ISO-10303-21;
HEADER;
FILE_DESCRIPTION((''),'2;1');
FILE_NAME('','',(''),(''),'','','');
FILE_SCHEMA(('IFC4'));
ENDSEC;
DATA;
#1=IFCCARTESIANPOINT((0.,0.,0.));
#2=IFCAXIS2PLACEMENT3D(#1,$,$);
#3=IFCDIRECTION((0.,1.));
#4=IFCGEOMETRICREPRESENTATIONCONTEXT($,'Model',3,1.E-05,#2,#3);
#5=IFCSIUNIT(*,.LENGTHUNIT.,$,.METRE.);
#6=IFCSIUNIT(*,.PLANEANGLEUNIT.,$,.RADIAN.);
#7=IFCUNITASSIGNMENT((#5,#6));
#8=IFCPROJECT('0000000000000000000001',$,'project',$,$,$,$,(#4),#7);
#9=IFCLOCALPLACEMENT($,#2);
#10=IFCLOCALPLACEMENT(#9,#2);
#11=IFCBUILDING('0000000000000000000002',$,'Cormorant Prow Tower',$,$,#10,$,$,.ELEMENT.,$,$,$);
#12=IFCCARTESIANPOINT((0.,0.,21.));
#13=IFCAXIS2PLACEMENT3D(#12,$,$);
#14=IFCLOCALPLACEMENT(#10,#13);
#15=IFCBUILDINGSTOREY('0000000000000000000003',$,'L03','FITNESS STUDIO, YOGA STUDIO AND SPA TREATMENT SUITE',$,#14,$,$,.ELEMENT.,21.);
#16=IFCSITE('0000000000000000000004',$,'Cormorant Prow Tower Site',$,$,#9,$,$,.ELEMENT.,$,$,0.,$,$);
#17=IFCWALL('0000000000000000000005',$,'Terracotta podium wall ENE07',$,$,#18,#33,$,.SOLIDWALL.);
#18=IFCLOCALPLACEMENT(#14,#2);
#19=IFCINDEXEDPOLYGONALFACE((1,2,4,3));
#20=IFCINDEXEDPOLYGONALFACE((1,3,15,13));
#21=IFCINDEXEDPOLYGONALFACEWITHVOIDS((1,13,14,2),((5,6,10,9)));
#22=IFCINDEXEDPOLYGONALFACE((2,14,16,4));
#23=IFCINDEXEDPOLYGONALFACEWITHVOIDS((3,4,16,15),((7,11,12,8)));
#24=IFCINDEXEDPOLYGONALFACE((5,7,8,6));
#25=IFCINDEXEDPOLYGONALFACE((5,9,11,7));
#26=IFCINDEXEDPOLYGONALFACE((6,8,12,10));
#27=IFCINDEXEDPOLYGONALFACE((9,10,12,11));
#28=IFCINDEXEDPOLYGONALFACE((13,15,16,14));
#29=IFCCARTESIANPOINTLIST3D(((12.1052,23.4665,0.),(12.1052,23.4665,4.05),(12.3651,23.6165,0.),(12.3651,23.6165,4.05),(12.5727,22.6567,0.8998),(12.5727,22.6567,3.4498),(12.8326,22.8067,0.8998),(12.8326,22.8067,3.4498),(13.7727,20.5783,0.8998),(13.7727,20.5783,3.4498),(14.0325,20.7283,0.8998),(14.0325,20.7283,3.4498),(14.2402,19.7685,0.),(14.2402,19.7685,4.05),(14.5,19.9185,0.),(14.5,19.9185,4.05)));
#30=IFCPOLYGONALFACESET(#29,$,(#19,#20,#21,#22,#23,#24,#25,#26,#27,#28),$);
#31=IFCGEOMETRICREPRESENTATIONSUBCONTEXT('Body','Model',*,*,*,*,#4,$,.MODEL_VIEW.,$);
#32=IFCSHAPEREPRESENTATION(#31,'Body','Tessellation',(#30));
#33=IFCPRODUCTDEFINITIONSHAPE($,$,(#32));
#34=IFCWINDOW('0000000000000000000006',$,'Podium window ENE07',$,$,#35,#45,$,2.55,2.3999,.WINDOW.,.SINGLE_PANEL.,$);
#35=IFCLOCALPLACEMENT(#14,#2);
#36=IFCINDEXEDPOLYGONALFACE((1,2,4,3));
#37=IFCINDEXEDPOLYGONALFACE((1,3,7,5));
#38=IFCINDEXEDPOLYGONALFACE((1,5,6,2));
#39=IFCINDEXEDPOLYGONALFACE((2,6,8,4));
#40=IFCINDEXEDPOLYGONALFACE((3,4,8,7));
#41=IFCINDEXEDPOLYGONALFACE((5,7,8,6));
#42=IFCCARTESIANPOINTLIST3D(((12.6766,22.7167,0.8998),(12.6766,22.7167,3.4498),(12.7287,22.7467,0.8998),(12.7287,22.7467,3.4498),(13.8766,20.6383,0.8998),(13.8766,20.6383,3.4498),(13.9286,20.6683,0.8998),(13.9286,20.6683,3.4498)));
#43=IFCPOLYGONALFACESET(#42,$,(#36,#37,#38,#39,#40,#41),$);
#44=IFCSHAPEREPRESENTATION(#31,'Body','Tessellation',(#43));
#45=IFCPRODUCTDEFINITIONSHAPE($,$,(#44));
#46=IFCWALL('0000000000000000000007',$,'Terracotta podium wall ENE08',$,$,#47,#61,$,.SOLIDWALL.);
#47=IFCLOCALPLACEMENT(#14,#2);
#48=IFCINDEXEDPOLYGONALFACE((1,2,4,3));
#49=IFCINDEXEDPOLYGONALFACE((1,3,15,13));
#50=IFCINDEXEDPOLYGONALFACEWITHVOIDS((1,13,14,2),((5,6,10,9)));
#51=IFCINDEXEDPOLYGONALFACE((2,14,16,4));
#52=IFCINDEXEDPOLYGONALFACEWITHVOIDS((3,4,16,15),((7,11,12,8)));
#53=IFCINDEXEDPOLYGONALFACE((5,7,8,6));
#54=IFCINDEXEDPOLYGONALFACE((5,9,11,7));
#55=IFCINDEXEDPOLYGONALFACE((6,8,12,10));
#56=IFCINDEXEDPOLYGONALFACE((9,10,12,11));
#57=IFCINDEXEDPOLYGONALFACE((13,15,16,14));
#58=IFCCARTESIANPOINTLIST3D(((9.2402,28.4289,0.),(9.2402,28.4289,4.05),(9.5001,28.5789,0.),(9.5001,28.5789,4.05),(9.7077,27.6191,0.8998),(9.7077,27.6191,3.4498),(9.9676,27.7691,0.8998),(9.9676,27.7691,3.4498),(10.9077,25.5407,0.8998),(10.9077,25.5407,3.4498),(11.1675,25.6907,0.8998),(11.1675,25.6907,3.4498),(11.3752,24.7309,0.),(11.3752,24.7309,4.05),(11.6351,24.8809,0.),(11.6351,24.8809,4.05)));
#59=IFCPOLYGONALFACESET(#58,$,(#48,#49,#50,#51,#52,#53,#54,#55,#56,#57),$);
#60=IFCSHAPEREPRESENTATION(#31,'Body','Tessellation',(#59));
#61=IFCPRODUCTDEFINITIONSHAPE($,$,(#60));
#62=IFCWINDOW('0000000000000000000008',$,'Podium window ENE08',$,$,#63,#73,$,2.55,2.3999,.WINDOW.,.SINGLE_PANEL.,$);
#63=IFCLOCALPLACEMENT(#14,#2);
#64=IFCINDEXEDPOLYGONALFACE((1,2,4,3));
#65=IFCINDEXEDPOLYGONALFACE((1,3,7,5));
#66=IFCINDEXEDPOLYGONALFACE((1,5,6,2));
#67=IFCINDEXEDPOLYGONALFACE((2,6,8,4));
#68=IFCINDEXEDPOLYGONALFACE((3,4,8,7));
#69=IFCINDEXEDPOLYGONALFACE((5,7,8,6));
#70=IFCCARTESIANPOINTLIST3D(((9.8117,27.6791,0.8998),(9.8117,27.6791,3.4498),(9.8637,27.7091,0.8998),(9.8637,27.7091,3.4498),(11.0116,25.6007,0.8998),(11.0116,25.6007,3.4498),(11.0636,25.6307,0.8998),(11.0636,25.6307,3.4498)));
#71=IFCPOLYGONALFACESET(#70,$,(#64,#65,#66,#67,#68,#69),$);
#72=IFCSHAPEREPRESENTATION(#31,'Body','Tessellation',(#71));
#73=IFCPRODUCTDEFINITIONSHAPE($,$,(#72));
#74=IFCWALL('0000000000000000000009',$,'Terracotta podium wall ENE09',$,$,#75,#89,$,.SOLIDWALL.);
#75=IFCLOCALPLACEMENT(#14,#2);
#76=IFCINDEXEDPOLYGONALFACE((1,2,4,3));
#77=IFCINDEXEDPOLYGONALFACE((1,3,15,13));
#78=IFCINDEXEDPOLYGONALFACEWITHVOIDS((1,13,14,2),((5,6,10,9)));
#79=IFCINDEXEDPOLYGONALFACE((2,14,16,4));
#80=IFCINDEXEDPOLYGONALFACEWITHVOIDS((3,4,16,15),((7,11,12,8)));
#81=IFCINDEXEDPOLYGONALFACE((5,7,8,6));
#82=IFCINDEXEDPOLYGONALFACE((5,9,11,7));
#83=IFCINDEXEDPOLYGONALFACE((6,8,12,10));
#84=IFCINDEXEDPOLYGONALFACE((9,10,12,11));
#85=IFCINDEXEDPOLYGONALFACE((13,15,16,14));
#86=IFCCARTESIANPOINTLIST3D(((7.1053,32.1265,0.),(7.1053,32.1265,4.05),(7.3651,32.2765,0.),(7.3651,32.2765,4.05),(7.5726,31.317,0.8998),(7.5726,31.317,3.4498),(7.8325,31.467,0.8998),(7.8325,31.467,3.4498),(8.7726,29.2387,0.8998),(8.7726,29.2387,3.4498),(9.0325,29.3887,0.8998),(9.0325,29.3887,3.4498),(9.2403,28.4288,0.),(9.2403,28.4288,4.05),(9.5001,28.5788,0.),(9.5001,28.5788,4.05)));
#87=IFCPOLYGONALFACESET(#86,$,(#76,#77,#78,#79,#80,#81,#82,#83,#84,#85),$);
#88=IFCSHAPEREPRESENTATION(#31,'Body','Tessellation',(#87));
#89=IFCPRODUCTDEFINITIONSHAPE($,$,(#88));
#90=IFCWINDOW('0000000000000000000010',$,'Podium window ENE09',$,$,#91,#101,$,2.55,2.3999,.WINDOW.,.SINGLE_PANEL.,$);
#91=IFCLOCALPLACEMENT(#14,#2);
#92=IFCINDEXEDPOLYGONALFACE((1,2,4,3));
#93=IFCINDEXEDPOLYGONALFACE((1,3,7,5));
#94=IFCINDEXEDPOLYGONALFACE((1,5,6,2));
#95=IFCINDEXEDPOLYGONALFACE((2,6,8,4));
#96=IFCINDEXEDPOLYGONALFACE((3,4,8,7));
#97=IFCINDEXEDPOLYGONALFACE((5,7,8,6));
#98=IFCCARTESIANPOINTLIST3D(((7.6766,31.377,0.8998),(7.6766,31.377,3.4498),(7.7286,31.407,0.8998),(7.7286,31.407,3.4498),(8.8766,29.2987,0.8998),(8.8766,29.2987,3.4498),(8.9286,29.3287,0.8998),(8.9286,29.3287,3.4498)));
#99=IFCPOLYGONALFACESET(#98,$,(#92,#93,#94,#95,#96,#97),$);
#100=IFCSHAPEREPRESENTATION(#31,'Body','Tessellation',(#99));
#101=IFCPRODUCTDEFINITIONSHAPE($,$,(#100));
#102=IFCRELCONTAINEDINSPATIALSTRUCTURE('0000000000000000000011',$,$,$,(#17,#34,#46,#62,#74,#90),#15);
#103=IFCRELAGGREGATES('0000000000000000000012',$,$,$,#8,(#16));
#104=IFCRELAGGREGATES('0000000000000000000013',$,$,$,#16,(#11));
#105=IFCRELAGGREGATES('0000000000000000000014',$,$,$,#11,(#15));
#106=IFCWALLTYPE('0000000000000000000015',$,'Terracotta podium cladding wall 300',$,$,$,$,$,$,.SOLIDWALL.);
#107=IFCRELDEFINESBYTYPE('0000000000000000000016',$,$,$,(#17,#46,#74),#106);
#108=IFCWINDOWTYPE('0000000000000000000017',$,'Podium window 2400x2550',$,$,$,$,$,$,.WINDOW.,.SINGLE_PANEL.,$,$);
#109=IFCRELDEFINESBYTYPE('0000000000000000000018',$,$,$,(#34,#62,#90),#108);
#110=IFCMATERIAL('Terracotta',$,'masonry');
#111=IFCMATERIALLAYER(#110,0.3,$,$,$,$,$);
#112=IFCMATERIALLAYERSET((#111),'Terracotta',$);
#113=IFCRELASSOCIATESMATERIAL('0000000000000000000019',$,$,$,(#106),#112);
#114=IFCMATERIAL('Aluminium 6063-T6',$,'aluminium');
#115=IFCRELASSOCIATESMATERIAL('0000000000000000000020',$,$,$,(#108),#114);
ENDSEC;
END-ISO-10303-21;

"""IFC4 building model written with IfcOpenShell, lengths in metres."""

from ifc_helpers import new_model, si_unit, direction, frame, frame_2d, origin, place, context, subcontext, project, spatial, rectangle, extrude, material, layer, layer_set, type_object, element, fill, save


model = new_model("IFC4")

# Units and contexts
model_context = context("Model", 3, precision=1e-05, world=origin(), true_north=direction((0.0, 1.0)))
body_context = subcontext(model_context, "Body", "Model", "MODEL_VIEW")
ifc_project = project(units=[si_unit("LENGTHUNIT", "METRE"), si_unit("PLANEANGLEUNIT", "RADIAN")], contexts=[model_context])

# Site, building, storey
site_placement = place(None, origin())
site = spatial("IfcSite", under=ifc_project, at=site_placement, Name="Cormorant Prow Tower Site", CompositionType="ELEMENT", RefElevation=0.0)
building_placement = place(site_placement, origin())
building = spatial("IfcBuilding", under=site, at=building_placement, Name="Cormorant Prow Tower", CompositionType="ELEMENT")
storey_placement = place(building_placement, frame((0.0, 0.0, 21.0)))
storey = spatial("IfcBuildingStorey", under=building, at=storey_placement, Name="L03", Description="FITNESS STUDIO, YOGA STUDIO AND SPA TREATMENT SUITE", CompositionType="ELEMENT", Elevation=21.0)

# Walls, openings, windows
ifc_material_1 = material(Name="Terracotta", Category="masonry")
ifc_layer_1 = layer(ifc_material_1, 0.3)
ifc_layer_set_1 = layer_set([ifc_layer_1], Name="Terracotta")
wall_type_1 = type_object("IfcWallType", Name="Terracotta podium cladding wall 300", PredefinedType="SOLIDWALL", material=ifc_layer_set_1)
ifc_material_2 = material(Name="Aluminium 6063-T6", Category="aluminium")
window_type = type_object("IfcWindowType", Name="Podium window 2400x2550", PartitioningType="SINGLE_PANEL", PredefinedType="WINDOW", material=ifc_material_2)
wall_1_placement = place(storey_placement, frame((14.3701, 19.8435, 0.0), z_axis=(0.0, 0.0, 1.0), x_axis=(-0.499995, 0.866028, 0.0)))
wall_1 = element("IfcWall", 1, at=wall_1_placement, inside=storey, type_object=wall_type_1, Name="Terracotta podium wall ENE07", PredefinedType="SOLIDWALL", context=body_context, shape_type="SweptSolid", body=[
    extrude(rectangle(XDim=4.27, YDim=0.3, at=frame_2d((2.135, 0.0))), origin(), (0.0, 0.0, 1.0), 4.05),
])
opening_1_placement = place(wall_1_placement, frame((0.9351, 0.0, 0.8999)))
opening_1 = element("IfcOpeningElement", 2, at=opening_1_placement, cuts=wall_1, PredefinedType="OPENING", context=body_context, shape_type="SweptSolid", body=[
    extrude(rectangle(XDim=2.3999, YDim=2.55, at=frame_2d((1.2, 1.2749))), frame((0.0, 0.1599, 0.0), z_axis=(0.0, -1.0, 0.0), x_axis=(1.0, 0.0, 0.0)), (0.0, 0.0, 1.0), 0.3201),
])
window_1_placement = place(opening_1_placement, origin())
window_1 = element("IfcWindow", 3, at=window_1_placement, inside=storey, type_object=window_type, Name="Podium window ENE07", OverallHeight=2.55, OverallWidth=2.3999, PartitioningType="SINGLE_PANEL", PredefinedType="WINDOW", context=body_context, shape_type="SweptSolid", body=[
    extrude(rectangle(XDim=2.3999, YDim=2.55, at=frame_2d((1.2, 1.2749))), frame((0.0, 0.03, 0.0), z_axis=(0.0, -1.0, 0.0), x_axis=(1.0, 0.0, 0.0)), (0.0, 0.0, 1.0), 0.0601),
])
fill(opening_1, window_1)
wall_2_placement = place(storey_placement, frame((11.5051, 24.8059, 0.0), z_axis=(0.0, 0.0, 1.0), x_axis=(-0.499995, 0.866028, 0.0)))
wall_2 = element("IfcWall", 4, at=wall_2_placement, inside=storey, type_object=wall_type_1, Name="Terracotta podium wall ENE08", PredefinedType="SOLIDWALL", context=body_context, shape_type="SweptSolid", body=[
    extrude(rectangle(XDim=4.27, YDim=0.3, at=frame_2d((2.135, 0.0))), origin(), (0.0, 0.0, 1.0), 4.05),
])
opening_2_placement = place(wall_2_placement, frame((0.9351, 0.0, 0.8999)))
opening_2 = element("IfcOpeningElement", 5, at=opening_2_placement, cuts=wall_2, PredefinedType="OPENING", context=body_context, shape_type="SweptSolid", body=[
    extrude(rectangle(XDim=2.3999, YDim=2.55, at=frame_2d((1.2, 1.2749))), frame((0.0, 0.1599, 0.0), z_axis=(0.0, -1.0, 0.0), x_axis=(1.0, 0.0, 0.0)), (0.0, 0.0, 1.0), 0.3201),
])
window_2_placement = place(opening_2_placement, origin())
window_2 = element("IfcWindow", 6, at=window_2_placement, inside=storey, type_object=window_type, Name="Podium window ENE08", OverallHeight=2.55, OverallWidth=2.3999, PartitioningType="SINGLE_PANEL", PredefinedType="WINDOW", context=body_context, shape_type="SweptSolid", body=[
    extrude(rectangle(XDim=2.3999, YDim=2.55, at=frame_2d((1.2, 1.2749))), frame((0.0, 0.03, 0.0), z_axis=(0.0, -1.0, 0.0), x_axis=(1.0, 0.0, 0.0)), (0.0, 0.0, 1.0), 0.0601),
])
fill(opening_2, window_2)
wall_3_placement = place(storey_placement, frame((9.3701, 28.5039, 0.0), z_axis=(0.0, 0.0, 1.0), x_axis=(-0.500019, 0.866014, 0.0)))
wall_3 = element("IfcWall", 7, at=wall_3_placement, inside=storey, type_object=wall_type_1, Name="Terracotta podium wall ENE09", PredefinedType="SOLIDWALL", context=body_context, shape_type="SweptSolid", body=[
    extrude(rectangle(XDim=4.2698, YDim=0.3, at=frame_2d((2.1348, 0.0))), origin(), (0.0, 0.0, 1.0), 4.05),
])
opening_3_placement = place(wall_3_placement, frame((0.9351, 0.0, 0.8999)))
opening_3 = element("IfcOpeningElement", 8, at=opening_3_placement, cuts=wall_3, PredefinedType="OPENING", context=body_context, shape_type="SweptSolid", body=[
    extrude(rectangle(XDim=2.3999, YDim=2.55, at=frame_2d((1.2, 1.2749))), frame((0.0, 0.1599, 0.0), z_axis=(0.0, -1.0, 0.0), x_axis=(1.0, 0.0, 0.0)), (0.0, 0.0, 1.0), 0.3201),
])
window_3_placement = place(opening_3_placement, origin())
window_3 = element("IfcWindow", 9, at=window_3_placement, inside=storey, type_object=window_type, Name="Podium window ENE09", OverallHeight=2.55, OverallWidth=2.3999, PartitioningType="SINGLE_PANEL", PredefinedType="WINDOW", context=body_context, shape_type="SweptSolid", body=[
    extrude(rectangle(XDim=2.3999, YDim=2.55, at=frame_2d((1.2, 1.2749))), frame((0.0, 0.03, 0.0), z_axis=(0.0, -1.0, 0.0), x_axis=(1.0, 0.0, 0.0)), (0.0, 0.0, 1.0), 0.0601),
])
fill(opening_3, window_3)

save(model, "model.ifc")
